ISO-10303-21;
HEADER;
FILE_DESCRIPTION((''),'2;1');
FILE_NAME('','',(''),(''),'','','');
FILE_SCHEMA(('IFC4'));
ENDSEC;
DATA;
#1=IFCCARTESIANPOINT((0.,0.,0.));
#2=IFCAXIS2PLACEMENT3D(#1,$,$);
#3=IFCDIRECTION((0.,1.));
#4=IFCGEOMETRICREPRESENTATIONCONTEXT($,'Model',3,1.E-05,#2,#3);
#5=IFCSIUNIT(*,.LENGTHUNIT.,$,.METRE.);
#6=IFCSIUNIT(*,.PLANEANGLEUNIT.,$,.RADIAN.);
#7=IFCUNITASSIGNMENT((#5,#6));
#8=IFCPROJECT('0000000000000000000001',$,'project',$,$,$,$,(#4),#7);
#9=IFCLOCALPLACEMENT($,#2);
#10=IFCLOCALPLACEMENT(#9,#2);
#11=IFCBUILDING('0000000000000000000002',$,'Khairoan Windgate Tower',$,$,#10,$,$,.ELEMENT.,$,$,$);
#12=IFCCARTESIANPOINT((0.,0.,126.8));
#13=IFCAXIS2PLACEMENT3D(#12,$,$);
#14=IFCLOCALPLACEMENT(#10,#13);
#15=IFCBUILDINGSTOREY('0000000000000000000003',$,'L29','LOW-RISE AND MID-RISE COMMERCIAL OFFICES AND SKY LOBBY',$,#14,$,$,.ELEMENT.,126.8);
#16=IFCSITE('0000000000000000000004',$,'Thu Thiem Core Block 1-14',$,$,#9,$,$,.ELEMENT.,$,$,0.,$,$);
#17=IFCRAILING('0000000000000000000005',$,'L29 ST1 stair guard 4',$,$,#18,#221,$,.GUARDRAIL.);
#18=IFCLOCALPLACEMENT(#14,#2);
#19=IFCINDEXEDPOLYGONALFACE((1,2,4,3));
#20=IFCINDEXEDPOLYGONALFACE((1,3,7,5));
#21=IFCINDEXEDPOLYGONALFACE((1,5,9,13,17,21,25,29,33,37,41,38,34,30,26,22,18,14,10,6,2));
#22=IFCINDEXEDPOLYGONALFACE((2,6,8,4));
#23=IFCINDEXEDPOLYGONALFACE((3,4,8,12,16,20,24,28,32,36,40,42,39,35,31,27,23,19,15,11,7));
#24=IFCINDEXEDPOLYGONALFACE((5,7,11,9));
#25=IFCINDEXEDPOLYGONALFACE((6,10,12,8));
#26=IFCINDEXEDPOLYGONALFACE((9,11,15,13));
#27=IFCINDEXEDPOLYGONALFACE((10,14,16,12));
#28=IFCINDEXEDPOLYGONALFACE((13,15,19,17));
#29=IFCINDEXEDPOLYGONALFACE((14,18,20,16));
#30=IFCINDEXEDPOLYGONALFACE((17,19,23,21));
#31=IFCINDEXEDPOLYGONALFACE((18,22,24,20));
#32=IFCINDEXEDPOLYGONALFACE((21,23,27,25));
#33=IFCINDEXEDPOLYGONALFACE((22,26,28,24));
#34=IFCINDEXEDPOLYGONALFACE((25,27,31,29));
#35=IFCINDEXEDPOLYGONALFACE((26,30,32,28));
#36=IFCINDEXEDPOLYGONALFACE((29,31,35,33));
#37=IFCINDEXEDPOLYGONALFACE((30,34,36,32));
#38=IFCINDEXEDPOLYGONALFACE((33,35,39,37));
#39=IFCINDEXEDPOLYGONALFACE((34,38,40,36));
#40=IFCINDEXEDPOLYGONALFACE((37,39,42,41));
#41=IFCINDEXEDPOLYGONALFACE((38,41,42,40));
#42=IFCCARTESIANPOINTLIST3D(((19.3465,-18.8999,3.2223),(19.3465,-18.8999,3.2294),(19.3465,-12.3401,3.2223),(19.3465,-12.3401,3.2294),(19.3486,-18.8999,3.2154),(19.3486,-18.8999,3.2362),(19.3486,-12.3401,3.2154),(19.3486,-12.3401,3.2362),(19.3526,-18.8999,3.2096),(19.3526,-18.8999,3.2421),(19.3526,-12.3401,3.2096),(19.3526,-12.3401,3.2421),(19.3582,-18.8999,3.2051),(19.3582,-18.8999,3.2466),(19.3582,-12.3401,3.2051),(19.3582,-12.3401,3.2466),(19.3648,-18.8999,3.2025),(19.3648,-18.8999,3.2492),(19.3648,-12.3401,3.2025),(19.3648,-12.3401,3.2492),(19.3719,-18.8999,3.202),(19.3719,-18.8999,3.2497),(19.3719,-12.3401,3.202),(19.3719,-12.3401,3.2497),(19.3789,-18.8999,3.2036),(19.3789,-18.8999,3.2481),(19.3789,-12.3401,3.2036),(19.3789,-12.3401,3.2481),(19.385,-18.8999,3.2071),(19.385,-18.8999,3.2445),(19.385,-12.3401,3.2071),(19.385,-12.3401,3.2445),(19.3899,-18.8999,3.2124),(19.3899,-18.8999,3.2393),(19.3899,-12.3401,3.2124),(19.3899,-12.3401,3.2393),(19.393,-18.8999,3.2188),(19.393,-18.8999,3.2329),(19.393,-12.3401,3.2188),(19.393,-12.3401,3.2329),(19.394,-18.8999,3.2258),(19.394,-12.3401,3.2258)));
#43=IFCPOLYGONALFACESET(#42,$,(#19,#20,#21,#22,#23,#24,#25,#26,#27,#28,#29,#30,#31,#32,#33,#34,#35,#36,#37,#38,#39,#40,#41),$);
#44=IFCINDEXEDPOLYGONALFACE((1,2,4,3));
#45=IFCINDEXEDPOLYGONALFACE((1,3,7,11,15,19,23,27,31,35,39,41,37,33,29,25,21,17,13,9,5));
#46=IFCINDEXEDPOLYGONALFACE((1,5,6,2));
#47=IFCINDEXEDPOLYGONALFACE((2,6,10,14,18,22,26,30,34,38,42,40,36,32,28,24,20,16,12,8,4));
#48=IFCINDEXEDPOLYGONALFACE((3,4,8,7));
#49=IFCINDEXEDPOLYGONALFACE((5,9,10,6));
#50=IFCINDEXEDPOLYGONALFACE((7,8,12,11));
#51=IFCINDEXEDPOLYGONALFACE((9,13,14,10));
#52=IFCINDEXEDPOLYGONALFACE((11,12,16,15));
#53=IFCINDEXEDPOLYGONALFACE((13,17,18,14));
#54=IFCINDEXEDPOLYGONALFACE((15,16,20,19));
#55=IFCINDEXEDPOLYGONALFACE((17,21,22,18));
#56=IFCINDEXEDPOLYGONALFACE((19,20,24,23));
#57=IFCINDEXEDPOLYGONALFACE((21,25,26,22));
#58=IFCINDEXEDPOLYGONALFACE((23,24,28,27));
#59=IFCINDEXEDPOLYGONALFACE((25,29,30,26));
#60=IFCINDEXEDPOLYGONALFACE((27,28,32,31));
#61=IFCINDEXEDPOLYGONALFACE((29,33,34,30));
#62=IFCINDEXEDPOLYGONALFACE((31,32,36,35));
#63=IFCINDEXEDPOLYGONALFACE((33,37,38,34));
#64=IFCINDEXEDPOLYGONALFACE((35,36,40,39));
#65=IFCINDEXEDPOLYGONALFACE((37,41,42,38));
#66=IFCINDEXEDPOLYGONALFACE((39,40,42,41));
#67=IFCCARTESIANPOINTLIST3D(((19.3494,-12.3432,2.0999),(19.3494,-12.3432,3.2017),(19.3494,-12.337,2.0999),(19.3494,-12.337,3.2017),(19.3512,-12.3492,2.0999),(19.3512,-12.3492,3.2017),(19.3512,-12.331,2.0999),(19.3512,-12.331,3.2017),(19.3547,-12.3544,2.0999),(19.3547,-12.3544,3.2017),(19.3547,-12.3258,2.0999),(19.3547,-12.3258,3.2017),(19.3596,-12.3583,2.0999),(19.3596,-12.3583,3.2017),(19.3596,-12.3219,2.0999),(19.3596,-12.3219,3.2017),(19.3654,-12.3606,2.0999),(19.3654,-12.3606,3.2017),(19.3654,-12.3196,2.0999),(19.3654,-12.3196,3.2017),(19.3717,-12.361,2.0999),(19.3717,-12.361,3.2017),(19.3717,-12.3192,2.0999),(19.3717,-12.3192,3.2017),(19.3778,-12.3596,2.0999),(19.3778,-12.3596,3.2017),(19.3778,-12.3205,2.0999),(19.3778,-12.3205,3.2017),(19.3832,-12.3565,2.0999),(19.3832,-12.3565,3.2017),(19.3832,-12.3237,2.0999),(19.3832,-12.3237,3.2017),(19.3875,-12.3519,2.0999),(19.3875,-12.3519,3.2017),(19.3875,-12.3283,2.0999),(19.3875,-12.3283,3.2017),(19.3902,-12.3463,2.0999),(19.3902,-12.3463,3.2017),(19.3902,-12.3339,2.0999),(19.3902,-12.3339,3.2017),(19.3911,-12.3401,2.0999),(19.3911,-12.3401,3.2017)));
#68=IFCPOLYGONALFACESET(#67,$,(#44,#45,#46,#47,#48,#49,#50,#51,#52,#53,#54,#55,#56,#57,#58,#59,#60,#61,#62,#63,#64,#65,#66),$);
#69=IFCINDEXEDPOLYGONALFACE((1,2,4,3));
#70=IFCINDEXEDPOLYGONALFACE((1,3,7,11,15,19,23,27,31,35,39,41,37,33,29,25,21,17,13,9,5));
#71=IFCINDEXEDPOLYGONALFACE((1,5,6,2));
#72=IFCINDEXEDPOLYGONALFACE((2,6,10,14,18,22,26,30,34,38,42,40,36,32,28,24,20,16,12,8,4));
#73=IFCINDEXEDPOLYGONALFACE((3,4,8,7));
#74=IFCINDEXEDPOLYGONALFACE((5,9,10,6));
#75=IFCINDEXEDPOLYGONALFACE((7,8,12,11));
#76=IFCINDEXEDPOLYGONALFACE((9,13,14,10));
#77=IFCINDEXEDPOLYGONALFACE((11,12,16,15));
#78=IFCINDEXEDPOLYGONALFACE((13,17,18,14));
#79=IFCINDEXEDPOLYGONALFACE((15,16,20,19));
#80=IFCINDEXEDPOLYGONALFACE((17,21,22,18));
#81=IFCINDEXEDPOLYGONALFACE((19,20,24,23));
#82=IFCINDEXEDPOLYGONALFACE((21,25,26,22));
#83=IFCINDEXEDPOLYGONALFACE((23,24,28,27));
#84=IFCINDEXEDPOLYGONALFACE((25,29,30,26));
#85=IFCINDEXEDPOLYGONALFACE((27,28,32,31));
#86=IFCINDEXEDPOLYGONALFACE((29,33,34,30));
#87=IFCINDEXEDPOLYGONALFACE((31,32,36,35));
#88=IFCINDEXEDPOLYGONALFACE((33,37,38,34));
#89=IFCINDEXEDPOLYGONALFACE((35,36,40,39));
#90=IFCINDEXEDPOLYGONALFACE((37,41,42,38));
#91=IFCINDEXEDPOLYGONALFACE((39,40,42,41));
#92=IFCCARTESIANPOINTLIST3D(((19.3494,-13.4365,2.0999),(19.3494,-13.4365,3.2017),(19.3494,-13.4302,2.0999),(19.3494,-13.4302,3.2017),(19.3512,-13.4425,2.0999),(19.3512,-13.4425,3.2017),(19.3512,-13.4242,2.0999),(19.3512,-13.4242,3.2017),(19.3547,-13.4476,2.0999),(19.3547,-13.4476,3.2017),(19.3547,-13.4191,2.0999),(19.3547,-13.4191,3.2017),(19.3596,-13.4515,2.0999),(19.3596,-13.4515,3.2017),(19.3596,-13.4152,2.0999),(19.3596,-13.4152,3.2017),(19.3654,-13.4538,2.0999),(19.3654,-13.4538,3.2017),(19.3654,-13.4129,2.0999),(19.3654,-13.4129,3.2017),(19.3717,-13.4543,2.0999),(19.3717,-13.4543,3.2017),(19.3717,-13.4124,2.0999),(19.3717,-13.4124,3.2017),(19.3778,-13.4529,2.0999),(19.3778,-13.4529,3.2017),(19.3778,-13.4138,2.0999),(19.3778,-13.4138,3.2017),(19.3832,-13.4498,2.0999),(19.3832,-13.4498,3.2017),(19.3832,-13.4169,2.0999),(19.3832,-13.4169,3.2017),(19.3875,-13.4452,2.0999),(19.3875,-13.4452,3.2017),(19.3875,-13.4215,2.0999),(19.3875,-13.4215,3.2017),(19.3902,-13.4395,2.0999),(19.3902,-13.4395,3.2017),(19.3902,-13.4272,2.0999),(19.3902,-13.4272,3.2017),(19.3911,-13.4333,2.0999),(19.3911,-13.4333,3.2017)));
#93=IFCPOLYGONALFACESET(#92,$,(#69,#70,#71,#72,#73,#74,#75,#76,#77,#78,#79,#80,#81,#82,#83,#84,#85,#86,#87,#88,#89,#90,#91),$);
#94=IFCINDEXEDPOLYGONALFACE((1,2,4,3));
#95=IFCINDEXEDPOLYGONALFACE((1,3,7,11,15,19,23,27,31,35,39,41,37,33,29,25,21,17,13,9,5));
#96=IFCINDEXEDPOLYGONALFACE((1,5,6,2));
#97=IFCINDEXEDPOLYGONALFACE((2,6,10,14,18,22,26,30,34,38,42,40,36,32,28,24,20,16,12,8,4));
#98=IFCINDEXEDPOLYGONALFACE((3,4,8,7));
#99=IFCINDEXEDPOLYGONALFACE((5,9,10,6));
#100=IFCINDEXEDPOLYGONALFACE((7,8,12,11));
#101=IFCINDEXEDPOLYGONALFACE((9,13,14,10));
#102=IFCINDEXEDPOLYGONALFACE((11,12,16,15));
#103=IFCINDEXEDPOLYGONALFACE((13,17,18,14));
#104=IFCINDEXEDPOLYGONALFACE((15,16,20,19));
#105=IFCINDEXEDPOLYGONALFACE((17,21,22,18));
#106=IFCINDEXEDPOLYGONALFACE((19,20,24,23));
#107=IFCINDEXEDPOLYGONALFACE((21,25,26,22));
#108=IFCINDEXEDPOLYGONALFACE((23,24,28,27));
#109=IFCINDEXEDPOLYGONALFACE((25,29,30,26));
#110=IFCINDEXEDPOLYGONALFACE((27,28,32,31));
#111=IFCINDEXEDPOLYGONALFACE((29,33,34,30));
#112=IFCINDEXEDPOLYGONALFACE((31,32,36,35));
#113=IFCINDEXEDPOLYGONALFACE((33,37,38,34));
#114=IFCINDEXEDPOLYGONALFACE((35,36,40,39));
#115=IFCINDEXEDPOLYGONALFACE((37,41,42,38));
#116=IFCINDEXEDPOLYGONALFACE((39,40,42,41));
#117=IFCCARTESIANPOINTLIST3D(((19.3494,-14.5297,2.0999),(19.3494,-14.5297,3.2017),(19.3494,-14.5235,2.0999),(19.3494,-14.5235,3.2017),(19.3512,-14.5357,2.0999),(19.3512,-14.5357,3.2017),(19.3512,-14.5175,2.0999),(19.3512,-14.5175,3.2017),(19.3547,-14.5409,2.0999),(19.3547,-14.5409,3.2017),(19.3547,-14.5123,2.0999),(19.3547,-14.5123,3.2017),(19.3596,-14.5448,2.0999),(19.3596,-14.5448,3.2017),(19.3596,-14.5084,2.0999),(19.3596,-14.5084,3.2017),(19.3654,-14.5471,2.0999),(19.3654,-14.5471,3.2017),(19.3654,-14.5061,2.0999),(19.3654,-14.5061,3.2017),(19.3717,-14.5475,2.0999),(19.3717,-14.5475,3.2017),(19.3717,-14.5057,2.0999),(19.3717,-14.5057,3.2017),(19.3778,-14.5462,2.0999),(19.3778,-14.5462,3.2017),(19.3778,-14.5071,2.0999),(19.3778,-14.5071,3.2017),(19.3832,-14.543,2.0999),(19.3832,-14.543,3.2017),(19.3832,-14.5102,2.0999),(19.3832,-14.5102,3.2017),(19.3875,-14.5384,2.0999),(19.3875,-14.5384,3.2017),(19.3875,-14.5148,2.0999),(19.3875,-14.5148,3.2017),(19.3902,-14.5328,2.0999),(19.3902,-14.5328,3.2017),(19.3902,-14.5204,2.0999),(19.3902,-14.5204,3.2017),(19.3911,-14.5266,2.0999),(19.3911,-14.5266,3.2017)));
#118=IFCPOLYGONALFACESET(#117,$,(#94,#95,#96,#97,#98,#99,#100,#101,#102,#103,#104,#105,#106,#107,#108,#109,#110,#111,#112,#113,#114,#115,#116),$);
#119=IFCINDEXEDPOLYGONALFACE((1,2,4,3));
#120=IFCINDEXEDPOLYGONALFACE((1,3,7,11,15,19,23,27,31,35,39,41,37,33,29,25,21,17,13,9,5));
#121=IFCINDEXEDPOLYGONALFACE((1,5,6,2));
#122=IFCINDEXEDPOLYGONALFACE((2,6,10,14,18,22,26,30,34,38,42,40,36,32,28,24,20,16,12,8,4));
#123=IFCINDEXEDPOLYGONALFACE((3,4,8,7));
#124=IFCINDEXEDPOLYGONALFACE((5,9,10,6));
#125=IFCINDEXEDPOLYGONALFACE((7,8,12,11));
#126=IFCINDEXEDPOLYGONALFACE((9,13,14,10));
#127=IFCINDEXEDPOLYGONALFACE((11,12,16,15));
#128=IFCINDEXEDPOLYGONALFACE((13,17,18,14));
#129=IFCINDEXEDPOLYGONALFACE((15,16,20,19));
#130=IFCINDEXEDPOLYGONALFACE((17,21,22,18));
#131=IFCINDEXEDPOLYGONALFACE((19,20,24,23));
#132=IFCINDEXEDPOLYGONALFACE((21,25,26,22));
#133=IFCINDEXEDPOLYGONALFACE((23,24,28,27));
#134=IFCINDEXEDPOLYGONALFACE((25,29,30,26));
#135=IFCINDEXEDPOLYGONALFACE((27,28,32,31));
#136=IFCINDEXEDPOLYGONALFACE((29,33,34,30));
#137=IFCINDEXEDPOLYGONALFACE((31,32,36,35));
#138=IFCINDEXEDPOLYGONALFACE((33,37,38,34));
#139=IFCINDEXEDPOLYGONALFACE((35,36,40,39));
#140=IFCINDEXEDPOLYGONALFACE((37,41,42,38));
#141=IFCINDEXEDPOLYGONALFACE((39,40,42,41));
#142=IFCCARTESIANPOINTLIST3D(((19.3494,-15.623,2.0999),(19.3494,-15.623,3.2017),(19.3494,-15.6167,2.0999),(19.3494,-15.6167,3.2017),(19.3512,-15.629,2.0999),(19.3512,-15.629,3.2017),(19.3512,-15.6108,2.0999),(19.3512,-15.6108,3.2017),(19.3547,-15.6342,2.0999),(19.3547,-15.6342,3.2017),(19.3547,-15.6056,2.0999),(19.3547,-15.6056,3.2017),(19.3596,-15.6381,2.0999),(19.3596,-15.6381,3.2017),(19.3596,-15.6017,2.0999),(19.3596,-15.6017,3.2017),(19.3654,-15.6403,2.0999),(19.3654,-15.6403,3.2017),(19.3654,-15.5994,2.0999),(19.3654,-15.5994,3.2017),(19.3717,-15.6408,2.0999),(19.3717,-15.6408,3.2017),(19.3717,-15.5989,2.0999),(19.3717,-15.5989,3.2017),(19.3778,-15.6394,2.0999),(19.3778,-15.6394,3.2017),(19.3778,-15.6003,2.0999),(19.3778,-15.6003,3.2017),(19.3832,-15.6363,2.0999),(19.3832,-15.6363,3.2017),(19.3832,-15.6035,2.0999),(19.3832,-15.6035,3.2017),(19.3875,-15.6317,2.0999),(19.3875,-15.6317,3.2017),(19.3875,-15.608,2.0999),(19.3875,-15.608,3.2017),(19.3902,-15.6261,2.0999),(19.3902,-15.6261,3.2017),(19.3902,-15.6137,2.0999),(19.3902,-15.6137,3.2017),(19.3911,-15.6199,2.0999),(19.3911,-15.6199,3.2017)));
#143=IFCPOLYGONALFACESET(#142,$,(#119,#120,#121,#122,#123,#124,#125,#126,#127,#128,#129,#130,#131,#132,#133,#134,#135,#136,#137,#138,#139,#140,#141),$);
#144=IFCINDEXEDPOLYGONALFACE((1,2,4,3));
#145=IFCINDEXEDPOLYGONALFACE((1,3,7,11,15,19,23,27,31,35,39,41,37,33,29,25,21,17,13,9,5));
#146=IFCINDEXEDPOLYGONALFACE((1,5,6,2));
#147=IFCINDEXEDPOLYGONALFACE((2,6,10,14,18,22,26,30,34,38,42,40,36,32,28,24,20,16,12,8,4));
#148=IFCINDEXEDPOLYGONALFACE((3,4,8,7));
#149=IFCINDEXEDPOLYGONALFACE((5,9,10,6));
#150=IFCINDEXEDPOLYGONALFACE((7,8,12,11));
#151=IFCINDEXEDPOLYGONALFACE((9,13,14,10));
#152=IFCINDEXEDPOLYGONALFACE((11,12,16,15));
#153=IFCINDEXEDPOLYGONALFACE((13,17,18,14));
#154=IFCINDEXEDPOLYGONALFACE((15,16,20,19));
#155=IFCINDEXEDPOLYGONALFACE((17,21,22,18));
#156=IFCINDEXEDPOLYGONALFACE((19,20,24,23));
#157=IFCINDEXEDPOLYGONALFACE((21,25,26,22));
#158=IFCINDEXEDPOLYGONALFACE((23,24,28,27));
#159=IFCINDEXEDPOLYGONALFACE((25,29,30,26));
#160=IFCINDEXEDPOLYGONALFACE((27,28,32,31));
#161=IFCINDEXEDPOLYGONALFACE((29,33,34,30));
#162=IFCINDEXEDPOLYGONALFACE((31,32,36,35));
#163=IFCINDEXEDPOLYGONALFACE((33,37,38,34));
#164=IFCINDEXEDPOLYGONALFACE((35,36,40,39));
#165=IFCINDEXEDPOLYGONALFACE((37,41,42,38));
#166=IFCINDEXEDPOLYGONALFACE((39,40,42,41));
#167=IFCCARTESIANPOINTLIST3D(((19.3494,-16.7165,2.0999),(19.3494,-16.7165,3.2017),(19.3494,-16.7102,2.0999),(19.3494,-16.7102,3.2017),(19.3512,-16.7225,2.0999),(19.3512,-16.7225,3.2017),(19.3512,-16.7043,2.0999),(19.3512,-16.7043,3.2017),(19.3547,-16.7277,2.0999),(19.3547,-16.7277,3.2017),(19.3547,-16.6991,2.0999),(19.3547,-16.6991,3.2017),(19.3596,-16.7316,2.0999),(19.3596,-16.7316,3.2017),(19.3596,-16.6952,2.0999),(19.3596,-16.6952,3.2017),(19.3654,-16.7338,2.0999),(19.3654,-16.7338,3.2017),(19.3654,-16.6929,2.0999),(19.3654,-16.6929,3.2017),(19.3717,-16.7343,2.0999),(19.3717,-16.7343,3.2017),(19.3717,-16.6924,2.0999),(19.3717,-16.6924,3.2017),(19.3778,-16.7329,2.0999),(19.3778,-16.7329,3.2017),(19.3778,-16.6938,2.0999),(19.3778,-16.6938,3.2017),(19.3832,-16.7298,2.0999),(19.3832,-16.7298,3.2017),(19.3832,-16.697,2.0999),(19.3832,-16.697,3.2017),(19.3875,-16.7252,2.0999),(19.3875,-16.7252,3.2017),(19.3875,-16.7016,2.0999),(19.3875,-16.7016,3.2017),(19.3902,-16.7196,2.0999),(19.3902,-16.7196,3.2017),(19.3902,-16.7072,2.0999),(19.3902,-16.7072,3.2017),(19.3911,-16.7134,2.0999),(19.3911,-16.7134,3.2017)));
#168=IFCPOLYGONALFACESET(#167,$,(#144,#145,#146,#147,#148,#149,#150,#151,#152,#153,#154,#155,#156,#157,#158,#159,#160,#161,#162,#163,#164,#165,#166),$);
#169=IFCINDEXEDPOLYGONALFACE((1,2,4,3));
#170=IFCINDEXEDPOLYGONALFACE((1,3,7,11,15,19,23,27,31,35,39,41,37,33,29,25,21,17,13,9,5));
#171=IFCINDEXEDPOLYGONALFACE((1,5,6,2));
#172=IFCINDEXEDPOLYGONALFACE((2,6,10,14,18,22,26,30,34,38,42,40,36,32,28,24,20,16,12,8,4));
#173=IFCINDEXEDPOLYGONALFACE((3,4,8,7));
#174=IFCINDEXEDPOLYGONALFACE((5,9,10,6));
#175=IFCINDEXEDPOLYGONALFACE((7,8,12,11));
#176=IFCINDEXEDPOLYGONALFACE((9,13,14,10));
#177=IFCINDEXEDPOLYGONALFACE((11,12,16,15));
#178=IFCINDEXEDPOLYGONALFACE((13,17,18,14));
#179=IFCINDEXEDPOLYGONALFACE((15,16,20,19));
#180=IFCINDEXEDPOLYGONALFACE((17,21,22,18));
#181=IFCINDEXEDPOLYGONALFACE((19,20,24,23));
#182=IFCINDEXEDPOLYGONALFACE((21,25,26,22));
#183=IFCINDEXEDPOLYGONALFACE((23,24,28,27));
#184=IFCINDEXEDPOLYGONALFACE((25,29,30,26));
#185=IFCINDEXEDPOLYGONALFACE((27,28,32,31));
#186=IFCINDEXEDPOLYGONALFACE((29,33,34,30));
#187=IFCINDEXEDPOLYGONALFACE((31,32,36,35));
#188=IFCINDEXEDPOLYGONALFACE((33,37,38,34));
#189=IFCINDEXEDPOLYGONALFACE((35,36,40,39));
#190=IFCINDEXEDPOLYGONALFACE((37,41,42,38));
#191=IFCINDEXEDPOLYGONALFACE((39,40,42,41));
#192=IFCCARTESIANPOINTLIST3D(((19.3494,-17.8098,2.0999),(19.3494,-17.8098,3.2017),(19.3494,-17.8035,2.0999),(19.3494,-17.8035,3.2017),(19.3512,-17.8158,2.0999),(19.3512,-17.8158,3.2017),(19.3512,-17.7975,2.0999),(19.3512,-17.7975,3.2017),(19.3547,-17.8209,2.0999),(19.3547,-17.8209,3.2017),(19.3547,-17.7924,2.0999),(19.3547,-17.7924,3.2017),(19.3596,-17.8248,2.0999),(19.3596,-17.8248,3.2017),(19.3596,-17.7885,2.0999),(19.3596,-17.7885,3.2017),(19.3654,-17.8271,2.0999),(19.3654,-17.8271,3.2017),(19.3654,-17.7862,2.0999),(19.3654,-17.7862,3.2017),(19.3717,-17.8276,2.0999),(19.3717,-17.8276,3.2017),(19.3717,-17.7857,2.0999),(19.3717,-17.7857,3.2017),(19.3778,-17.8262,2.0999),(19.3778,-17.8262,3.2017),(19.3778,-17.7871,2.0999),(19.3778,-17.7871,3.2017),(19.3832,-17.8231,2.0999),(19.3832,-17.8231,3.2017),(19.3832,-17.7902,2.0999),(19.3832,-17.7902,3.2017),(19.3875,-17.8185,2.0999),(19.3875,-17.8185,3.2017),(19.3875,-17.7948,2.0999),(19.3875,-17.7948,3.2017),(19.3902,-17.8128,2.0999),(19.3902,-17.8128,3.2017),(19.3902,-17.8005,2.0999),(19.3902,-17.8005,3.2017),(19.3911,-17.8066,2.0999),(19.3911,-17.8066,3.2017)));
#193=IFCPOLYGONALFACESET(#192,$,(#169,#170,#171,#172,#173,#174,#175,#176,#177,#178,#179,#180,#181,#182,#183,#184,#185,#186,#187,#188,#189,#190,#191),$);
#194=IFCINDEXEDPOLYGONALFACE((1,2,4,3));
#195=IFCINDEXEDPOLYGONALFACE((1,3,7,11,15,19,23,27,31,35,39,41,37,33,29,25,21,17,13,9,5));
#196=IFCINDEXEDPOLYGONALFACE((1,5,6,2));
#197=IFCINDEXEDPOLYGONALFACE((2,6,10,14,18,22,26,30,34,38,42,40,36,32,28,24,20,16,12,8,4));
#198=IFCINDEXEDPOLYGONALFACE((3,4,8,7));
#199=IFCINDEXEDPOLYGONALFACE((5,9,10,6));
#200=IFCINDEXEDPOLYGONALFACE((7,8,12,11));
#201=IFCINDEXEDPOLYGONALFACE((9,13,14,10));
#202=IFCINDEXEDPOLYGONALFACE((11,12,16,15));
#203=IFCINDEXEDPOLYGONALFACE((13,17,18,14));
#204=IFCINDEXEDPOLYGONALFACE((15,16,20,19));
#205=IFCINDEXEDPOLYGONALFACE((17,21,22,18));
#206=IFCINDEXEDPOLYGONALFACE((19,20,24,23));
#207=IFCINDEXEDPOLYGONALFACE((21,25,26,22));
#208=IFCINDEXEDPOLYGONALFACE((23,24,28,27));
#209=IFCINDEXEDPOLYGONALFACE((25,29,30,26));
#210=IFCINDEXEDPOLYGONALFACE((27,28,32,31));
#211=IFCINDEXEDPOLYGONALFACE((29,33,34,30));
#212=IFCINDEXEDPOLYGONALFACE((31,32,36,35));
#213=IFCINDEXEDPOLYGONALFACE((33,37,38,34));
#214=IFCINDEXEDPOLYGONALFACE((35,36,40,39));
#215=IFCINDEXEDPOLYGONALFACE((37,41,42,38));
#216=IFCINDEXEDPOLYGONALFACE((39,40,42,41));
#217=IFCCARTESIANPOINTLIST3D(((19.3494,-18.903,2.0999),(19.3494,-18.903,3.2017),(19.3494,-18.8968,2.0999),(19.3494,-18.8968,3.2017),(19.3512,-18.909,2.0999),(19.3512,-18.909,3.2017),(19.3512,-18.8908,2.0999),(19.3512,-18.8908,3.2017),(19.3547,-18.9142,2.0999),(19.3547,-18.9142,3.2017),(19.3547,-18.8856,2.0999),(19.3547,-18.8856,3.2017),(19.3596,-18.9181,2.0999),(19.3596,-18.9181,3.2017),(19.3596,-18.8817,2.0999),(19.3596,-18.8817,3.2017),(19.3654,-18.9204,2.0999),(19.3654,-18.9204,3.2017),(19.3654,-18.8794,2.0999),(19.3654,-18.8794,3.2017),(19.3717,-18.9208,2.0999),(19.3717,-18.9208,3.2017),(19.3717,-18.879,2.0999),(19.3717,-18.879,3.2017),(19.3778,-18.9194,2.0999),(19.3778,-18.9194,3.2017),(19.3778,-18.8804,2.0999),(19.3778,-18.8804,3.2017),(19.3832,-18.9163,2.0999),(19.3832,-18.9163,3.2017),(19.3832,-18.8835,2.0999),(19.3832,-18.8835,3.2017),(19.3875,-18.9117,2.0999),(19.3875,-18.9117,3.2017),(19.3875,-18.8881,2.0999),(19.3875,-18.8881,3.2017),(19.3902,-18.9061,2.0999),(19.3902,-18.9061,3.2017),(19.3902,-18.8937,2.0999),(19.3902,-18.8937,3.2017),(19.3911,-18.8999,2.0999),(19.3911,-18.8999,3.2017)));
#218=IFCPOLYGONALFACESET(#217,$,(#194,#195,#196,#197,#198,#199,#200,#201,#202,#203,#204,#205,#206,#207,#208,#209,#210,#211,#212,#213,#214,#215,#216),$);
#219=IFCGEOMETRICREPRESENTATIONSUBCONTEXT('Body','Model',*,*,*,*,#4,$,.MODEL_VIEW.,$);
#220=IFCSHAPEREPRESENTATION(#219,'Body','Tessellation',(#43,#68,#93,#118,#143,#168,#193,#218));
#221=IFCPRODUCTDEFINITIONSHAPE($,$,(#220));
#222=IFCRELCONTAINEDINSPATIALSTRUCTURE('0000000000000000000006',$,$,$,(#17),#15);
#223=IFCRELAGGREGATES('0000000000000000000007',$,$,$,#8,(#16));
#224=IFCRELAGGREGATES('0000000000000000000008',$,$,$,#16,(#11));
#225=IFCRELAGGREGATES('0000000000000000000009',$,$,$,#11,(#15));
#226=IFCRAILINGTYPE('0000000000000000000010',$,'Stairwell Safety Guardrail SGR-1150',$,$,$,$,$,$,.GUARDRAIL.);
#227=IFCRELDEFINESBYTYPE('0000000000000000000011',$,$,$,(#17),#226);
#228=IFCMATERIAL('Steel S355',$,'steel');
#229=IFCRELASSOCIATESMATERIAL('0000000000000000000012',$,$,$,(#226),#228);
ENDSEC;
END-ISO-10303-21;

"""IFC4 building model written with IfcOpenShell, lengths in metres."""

from ifc_helpers import new_model, si_unit, direction, frame, origin, origin_2d, place, context, subcontext, project, spatial, circle, extrude, material, type_object, element, save


model = new_model("IFC4")

# Units and contexts
model_context = context("Model", 3, precision=1e-05, world=origin(), true_north=direction((0.0, 1.0)))
body_context = subcontext(model_context, "Body", "Model", "MODEL_VIEW")
ifc_project = project(units=[si_unit("LENGTHUNIT", "METRE"), si_unit("PLANEANGLEUNIT", "RADIAN")], contexts=[model_context])

# Site, building, storey
site_placement = place(None, origin())
site = spatial("IfcSite", under=ifc_project, at=site_placement, Name="Thu Thiem Core Block 1-14", CompositionType="ELEMENT", RefElevation=0.0)
building_placement = place(site_placement, origin())
building = spatial("IfcBuilding", under=site, at=building_placement, Name="Khairoan Windgate Tower", CompositionType="ELEMENT")
storey_placement = place(building_placement, frame((0.0, 0.0, 126.8)))
storey = spatial("IfcBuildingStorey", under=building, at=storey_placement, Name="L29", Description="LOW-RISE AND MID-RISE COMMERCIAL OFFICES AND SKY LOBBY", CompositionType="ELEMENT", Elevation=126.8)

# Railing
ifc_material_1 = material(Name="Steel S355", Category="steel")
railing_type_1 = type_object("IfcRailingType", Name="Stairwell Safety Guardrail SGR-1150", PredefinedType="GUARDRAIL", material=ifc_material_1)
railing_1_placement = place(storey_placement, frame((19.3701, -12.3401, 2.0999)))
element("IfcRailing", 1, at=railing_1_placement, inside=storey, type_object=railing_type_1, Name="L29 ST1 stair guard 4", PredefinedType="GUARDRAIL", context=body_context, shape_type="SweptSolid", body=[
    extrude(circle(Radius=0.0239, at=origin_2d()), frame((0.0, 0.0, 1.126), z_axis=(0.0, -1.0, 0.0), x_axis=(1.0, 0.0, 0.0)), (0.0, 0.0, 1.0), 6.5598),
    extrude(circle(Radius=0.021, at=origin_2d()), origin(), (0.0, 0.0, 1.0), 1.1018),
    extrude(circle(Radius=0.021, at=origin_2d()), frame((0.0, -1.0933, 0.0)), (0.0, 0.0, 1.0), 1.1018),
    extrude(circle(Radius=0.021, at=origin_2d()), frame((0.0, -2.1865, 0.0)), (0.0, 0.0, 1.0), 1.1018),
    extrude(circle(Radius=0.021, at=origin_2d()), frame((0.0, -3.2798, 0.0)), (0.0, 0.0, 1.0), 1.1018),
    extrude(circle(Radius=0.021, at=origin_2d()), frame((0.0, -4.3733, 0.0)), (0.0, 0.0, 1.0), 1.1018),
    extrude(circle(Radius=0.021, at=origin_2d()), frame((0.0, -5.4666, 0.0)), (0.0, 0.0, 1.0), 1.1018),
    extrude(circle(Radius=0.021, at=origin_2d()), frame((0.0, -6.5598, 0.0)), (0.0, 0.0, 1.0), 1.1018),
])

save(model, "model.ifc")
